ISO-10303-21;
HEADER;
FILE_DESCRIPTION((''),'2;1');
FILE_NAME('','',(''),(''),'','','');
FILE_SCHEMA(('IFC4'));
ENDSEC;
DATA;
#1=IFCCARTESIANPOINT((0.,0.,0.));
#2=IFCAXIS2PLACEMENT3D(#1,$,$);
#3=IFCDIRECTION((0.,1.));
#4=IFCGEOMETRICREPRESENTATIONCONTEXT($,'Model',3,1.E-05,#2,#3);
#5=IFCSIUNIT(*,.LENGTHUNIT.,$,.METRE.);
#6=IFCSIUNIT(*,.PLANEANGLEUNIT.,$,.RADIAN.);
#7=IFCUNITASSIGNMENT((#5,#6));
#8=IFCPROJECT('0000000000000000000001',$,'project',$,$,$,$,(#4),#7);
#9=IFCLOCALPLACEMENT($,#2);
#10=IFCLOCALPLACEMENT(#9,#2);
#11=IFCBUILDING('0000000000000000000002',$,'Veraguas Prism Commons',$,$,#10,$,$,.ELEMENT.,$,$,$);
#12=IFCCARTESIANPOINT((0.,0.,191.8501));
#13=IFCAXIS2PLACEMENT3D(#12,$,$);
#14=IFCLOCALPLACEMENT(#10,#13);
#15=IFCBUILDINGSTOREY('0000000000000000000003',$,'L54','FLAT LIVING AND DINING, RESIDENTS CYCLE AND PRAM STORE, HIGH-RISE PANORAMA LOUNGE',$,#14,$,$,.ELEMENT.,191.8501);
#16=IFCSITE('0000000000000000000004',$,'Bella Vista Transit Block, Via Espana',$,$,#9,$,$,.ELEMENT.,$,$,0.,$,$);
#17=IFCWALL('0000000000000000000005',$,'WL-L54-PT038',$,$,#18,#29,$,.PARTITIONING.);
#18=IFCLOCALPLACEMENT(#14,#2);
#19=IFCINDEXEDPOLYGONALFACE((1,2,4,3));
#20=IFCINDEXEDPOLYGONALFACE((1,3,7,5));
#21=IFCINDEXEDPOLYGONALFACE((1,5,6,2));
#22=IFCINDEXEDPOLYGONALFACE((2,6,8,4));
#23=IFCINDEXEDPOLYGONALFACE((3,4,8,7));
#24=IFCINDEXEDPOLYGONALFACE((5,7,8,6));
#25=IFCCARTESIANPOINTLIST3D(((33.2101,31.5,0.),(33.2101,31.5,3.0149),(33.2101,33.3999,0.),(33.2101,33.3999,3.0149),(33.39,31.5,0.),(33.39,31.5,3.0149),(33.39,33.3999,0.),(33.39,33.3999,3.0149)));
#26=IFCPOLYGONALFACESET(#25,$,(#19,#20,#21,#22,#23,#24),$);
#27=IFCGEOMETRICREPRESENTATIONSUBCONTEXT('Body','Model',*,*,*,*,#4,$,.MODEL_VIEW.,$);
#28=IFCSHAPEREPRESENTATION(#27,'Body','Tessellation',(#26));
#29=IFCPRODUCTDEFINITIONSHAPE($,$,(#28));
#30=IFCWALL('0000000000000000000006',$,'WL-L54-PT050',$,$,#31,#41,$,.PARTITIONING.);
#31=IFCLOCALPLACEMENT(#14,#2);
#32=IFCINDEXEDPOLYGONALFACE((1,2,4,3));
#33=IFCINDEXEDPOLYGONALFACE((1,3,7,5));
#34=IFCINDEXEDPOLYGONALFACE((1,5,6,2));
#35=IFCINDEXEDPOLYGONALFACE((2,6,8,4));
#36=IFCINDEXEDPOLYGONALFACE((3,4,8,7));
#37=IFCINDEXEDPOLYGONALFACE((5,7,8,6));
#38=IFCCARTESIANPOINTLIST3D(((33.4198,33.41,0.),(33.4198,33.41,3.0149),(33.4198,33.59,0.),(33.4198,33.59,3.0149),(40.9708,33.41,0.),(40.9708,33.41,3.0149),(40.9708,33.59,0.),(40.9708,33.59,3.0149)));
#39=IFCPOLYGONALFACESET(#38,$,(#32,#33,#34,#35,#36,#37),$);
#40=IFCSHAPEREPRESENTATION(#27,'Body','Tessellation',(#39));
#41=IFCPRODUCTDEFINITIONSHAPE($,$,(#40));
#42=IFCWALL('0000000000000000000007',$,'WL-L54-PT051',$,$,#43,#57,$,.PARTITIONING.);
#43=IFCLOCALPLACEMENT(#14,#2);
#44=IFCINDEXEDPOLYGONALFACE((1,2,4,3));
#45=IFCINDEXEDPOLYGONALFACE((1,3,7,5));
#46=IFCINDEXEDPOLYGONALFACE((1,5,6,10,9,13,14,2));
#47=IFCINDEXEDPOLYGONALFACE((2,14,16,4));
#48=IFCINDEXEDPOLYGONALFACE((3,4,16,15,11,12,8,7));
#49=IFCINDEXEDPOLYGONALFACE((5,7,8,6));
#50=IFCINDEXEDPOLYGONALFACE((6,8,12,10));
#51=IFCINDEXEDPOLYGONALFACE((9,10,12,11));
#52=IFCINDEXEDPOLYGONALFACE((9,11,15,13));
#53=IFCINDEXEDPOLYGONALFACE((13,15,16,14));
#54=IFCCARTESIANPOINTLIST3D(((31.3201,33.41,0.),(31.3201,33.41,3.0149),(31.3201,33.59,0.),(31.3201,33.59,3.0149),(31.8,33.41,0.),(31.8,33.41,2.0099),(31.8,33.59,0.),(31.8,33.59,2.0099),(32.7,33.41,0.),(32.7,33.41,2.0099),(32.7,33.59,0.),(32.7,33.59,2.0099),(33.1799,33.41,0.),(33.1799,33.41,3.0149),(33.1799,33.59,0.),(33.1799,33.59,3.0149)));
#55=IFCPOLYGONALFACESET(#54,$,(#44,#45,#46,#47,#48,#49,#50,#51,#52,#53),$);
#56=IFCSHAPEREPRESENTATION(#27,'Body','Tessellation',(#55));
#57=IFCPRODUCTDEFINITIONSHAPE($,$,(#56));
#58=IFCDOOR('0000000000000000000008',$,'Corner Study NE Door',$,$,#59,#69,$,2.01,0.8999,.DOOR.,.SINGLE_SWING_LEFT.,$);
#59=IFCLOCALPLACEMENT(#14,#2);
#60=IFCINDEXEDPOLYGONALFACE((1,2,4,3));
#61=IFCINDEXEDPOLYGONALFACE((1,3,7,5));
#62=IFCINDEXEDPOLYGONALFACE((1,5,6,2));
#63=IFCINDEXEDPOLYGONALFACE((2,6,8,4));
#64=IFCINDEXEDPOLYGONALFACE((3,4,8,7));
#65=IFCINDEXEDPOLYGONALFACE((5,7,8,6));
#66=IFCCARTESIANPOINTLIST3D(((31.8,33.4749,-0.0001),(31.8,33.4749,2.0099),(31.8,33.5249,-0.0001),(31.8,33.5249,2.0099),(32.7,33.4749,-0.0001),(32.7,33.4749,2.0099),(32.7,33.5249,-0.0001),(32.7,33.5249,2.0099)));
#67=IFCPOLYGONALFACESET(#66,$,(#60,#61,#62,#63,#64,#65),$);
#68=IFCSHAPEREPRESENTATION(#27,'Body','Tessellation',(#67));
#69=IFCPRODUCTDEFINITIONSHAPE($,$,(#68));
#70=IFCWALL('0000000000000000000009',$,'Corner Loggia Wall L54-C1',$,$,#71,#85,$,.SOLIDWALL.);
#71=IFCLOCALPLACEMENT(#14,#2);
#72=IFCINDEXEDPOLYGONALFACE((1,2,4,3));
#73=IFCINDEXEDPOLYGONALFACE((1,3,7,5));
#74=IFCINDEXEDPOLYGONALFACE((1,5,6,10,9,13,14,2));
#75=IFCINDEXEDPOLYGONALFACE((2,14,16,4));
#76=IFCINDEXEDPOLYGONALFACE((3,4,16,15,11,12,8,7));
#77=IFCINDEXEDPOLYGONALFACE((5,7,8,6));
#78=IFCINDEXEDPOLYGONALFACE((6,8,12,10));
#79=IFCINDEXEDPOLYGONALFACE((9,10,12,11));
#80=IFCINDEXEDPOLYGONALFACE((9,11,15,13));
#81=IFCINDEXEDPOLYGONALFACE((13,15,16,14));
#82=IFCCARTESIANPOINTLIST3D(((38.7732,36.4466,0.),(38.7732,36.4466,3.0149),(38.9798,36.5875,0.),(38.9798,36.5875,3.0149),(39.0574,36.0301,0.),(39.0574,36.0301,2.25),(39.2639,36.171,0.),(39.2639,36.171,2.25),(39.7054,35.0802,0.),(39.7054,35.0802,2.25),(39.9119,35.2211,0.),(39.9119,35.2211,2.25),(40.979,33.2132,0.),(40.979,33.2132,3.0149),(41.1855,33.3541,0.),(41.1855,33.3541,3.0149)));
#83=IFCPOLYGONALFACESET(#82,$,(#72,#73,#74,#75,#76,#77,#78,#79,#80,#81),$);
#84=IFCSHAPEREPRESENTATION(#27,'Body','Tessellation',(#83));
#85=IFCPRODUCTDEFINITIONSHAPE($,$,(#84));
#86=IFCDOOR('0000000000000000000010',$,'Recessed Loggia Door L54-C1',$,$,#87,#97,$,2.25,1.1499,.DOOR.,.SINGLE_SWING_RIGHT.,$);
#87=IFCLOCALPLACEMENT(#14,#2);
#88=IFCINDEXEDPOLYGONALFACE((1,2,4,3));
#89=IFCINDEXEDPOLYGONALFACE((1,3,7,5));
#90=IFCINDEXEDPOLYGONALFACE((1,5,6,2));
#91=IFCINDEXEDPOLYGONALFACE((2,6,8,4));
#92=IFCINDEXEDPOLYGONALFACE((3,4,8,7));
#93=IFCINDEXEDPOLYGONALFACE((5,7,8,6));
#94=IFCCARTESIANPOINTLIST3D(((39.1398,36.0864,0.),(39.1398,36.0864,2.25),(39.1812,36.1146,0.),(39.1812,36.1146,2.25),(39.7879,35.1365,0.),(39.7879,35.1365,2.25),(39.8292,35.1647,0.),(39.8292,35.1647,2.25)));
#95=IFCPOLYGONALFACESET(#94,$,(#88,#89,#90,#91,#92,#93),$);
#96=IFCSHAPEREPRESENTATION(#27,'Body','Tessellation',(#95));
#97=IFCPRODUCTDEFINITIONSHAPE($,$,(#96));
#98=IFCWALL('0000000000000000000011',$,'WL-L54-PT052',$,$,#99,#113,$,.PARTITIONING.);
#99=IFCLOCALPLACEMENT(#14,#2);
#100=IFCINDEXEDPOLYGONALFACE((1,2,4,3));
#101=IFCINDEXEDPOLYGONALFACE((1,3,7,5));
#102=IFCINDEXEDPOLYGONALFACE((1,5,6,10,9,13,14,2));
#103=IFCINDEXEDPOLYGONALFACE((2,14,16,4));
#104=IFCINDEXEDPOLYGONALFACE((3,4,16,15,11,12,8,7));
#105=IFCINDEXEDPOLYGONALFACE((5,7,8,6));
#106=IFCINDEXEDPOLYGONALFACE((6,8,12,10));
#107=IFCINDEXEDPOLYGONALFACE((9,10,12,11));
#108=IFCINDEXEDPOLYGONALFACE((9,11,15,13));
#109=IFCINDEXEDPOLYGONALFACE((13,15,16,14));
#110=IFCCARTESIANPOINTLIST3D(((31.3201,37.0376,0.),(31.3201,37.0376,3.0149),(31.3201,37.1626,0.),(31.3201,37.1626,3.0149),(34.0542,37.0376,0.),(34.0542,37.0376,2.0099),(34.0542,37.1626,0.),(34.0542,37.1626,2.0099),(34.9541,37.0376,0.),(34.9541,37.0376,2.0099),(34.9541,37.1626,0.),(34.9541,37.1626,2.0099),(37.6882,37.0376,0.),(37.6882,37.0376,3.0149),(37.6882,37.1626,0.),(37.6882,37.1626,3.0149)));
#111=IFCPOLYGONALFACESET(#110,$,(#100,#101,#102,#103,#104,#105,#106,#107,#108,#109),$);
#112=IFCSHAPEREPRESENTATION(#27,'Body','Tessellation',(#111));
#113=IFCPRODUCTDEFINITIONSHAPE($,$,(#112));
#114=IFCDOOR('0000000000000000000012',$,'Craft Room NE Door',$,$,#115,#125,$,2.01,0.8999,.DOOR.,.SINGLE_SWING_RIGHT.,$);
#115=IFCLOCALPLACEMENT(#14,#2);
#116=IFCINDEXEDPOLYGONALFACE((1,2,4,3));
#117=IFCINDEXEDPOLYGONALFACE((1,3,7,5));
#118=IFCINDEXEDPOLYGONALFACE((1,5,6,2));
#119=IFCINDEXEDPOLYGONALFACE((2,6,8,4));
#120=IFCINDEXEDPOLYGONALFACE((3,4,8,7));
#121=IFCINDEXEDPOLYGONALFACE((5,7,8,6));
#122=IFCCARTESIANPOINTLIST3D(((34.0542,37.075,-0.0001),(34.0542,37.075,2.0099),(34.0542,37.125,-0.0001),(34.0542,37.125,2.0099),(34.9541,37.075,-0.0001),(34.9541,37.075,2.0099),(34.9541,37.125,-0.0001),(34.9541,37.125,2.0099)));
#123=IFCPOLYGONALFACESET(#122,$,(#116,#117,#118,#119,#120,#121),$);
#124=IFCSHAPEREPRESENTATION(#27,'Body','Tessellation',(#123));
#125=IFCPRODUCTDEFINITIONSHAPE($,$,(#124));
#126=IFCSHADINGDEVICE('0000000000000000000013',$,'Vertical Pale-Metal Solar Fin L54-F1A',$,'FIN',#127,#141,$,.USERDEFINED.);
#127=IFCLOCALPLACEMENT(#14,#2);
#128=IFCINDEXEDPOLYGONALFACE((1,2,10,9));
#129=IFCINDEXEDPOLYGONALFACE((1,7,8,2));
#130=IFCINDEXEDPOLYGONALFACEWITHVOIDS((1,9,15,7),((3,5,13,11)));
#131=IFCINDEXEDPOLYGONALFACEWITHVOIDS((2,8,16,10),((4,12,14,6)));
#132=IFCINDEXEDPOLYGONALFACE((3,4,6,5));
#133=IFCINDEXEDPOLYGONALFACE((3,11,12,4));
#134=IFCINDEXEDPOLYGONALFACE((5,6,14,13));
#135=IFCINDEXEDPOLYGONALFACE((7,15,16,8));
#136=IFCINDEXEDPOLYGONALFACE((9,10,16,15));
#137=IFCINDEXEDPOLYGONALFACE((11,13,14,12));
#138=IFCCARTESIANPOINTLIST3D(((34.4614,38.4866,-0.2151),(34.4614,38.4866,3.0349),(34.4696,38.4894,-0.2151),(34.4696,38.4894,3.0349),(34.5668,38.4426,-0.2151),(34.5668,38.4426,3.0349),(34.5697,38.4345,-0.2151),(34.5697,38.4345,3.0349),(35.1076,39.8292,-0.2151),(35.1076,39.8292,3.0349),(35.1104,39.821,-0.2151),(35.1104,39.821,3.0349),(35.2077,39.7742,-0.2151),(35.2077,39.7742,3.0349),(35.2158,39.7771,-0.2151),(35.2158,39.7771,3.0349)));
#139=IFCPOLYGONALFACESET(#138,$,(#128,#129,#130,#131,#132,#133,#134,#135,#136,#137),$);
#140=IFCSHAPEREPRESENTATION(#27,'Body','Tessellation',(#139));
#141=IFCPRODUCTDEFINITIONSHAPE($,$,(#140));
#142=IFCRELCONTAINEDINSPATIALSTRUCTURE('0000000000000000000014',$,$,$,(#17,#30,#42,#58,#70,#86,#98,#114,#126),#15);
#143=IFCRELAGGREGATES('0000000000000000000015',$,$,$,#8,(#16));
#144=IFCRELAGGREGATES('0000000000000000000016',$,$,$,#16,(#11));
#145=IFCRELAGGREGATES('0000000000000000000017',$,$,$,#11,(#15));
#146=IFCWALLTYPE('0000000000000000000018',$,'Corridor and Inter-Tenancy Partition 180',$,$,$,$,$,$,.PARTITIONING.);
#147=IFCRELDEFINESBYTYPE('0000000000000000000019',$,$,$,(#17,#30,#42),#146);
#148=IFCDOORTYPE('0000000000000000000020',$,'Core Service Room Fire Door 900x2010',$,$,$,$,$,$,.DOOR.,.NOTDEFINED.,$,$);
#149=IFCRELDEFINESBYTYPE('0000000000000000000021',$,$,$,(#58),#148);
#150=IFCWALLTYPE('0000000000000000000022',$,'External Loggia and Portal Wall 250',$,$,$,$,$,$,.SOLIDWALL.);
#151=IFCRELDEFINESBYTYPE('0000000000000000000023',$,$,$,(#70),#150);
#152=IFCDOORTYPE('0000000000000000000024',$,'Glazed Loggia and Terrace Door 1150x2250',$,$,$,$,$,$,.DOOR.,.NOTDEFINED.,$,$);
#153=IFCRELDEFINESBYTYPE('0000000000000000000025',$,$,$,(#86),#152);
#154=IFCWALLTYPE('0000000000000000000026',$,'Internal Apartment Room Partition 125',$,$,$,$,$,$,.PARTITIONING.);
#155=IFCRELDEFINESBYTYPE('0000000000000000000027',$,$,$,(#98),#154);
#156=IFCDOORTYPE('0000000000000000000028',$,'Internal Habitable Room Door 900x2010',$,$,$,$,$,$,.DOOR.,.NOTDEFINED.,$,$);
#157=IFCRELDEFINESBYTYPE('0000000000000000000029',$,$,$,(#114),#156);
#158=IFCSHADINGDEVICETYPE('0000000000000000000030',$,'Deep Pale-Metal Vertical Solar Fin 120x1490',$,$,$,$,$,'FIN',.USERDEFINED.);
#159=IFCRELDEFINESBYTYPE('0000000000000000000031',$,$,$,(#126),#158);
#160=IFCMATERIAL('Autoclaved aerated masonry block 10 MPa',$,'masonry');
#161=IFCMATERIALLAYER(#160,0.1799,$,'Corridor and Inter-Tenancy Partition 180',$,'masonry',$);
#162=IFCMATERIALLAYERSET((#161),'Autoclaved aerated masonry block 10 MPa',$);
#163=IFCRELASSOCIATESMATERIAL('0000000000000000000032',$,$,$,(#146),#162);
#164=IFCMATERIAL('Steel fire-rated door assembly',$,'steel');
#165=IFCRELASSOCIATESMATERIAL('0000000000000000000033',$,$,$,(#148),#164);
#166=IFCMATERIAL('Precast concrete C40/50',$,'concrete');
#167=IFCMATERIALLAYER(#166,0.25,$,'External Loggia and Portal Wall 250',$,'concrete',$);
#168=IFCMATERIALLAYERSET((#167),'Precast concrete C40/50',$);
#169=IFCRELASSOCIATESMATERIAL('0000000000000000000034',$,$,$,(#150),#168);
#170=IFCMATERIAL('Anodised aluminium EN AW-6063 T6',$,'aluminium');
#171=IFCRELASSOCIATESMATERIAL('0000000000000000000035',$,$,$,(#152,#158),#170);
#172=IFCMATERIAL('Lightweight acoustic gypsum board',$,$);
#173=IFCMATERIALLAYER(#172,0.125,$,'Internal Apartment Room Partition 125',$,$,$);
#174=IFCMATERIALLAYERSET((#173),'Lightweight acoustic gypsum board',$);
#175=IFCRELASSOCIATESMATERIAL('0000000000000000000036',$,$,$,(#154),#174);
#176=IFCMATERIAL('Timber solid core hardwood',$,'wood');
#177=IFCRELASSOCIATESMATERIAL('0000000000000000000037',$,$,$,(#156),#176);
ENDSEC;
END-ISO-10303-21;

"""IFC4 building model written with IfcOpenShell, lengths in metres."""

from ifc_helpers import new_model, si_unit, direction, frame, frame_2d, origin, origin_2d, place, context, subcontext, project, spatial, rectangle, hollow_rectangle, extrude, source, transform, mapped, material, layer, layer_set, material_profile, profile_set, type_object, element, fill, save


model = new_model("IFC4")

# Units and contexts
model_context = context("Model", 3, precision=1e-05, world=origin(), true_north=direction((0.0, 1.0)))
body_context = subcontext(model_context, "Body", "Model", "MODEL_VIEW")
ifc_project = project(units=[si_unit("LENGTHUNIT", "METRE"), si_unit("PLANEANGLEUNIT", "RADIAN")], contexts=[model_context])

# Site, building, storey
site_placement = place(None, origin())
site = spatial("IfcSite", under=ifc_project, at=site_placement, Name="Bella Vista Transit Block, Via Espana", CompositionType="ELEMENT", RefElevation=0.0)
building_placement = place(site_placement, origin())
building = spatial("IfcBuilding", under=site, at=building_placement, Name="Veraguas Prism Commons", CompositionType="ELEMENT")
storey_placement = place(building_placement, frame((0.0, 0.0, 191.8501)))
storey = spatial("IfcBuildingStorey", under=building, at=storey_placement, Name="L54", Description="FLAT LIVING AND DINING, RESIDENTS CYCLE AND PRAM STORE, HIGH-RISE PANORAMA LOUNGE", CompositionType="ELEMENT", Elevation=191.8501)

# Shared definitions
ifc_material_1 = material(Name="Anodised aluminium EN AW-6063 T6", Category="aluminium")

# Walls
ifc_material_2 = material(Name="Autoclaved aerated masonry block 10 MPa", Category="masonry")
ifc_layer_1 = layer(ifc_material_2, 0.1799, Name="Corridor and Inter-Tenancy Partition 180", Category="masonry")
ifc_layer_set_1 = layer_set([ifc_layer_1], Name="Autoclaved aerated masonry block 10 MPa")
wall_type_1 = type_object("IfcWallType", Name="Corridor and Inter-Tenancy Partition 180", PredefinedType="PARTITIONING", material=ifc_layer_set_1)
wall_1_placement = place(storey_placement, frame((33.3, 31.5, 0.0), z_axis=(0.0, 0.0, 1.0), x_axis=(0.0, 1.0, 0.0)))
element("IfcWall", 1, at=wall_1_placement, inside=storey, type_object=wall_type_1, Name="WL-L54-PT038", PredefinedType="PARTITIONING", context=body_context, shape_type="SweptSolid", body=[
    extrude(rectangle(XDim=1.8999, YDim=0.1799, at=frame_2d((0.95, 0.0))), origin(), (0.0, 0.0, 1.0), 3.0149),
])
wall_2_placement = place(storey_placement, frame((33.4199, 33.5, 0.0), z_axis=(0.0, 0.0, 1.0), x_axis=(1.0, 0.0, 0.0)))
element("IfcWall", 2, at=wall_2_placement, inside=storey, type_object=wall_type_1, Name="WL-L54-PT050", PredefinedType="PARTITIONING", context=body_context, shape_type="SweptSolid", body=[
    extrude(rectangle(XDim=7.551, YDim=0.1799, at=frame_2d((3.7754, 0.0))), origin(), (0.0, 0.0, 1.0), 3.0149),
])

# Walls, openings, doors
wall_3_placement = place(storey_placement, frame((31.3201, 33.5, 0.0), z_axis=(0.0, 0.0, 1.0), x_axis=(1.0, 0.0, 0.0)))
wall_3 = element("IfcWall", 3, at=wall_3_placement, inside=storey, type_object=wall_type_1, Name="WL-L54-PT051", PredefinedType="PARTITIONING", context=body_context, shape_type="SweptSolid", body=[
    extrude(rectangle(XDim=1.8599, YDim=0.1799, at=frame_2d((0.9299, 0.0))), origin(), (0.0, 0.0, 1.0), 3.0149),
])
opening_1_placement = place(wall_3_placement, frame((0.48, 0.0, 0.0)))
opening_1 = element("IfcOpeningElement", 4, at=opening_1_placement, cuts=wall_3, PredefinedType="OPENING", context=body_context, shape_type="SweptSolid", body=[
    extrude(rectangle(XDim=0.8999, YDim=2.01, at=frame_2d((0.45, 1.0049))), frame((0.0, 0.0999, 0.0), z_axis=(0.0, -1.0, 0.0), x_axis=(1.0, 0.0, 0.0)), (0.0, 0.0, 1.0), 0.2),
])
ifc_material_3 = material(Name="Steel fire-rated door assembly", Category="steel")
door_type_1 = type_object("IfcDoorType", Name="Core Service Room Fire Door 900x2010", OperationType="NOTDEFINED", PredefinedType="DOOR", material=ifc_material_3)
shared_shape_1 = source(origin(), body_context, "Body", "SweptSolid", [
    extrude(rectangle(XDim=0.8999, YDim=2.01, at=frame_2d((0.45, 1.0049))), frame((0.0, 0.0249, 0.0), z_axis=(0.0, -1.0, 0.0), x_axis=(1.0, 0.0, 0.0)), (0.0, 0.0, 1.0), 0.05),
])
door_1_placement = place(opening_1_placement, origin())
door_1 = element("IfcDoor", 5, at=door_1_placement, inside=storey, type_object=door_type_1, Name="Corner Study NE Door", OperationType="SINGLE_SWING_LEFT", OverallHeight=2.01, OverallWidth=0.8999, PredefinedType="DOOR", context=body_context, shape_type="MappedRepresentation", body=[
    mapped(shared_shape_1, transform((0.0, 0.0, 0.0), scale=1.0)),
])
fill(opening_1, door_1)
ifc_material_4 = material(Name="Precast concrete C40/50", Category="concrete")
ifc_layer_2 = layer(ifc_material_4, 0.25, Name="External Loggia and Portal Wall 250", Category="concrete")
ifc_layer_set_2 = layer_set([ifc_layer_2], Name="Precast concrete C40/50")
wall_type_2 = type_object("IfcWallType", Name="External Loggia and Portal Wall 250", PredefinedType="SOLIDWALL", material=ifc_layer_set_2)
wall_4_placement = place(storey_placement, frame((41.0823, 33.2837, 0.0), z_axis=(0.0, 0.0, 1.0), x_axis=(-0.56355, 0.826082, 0.0)))
wall_4 = element("IfcWall", 6, at=wall_4_placement, inside=storey, type_object=wall_type_2, Name="Corner Loggia Wall L54-C1", PredefinedType="SOLIDWALL", context=body_context, shape_type="SweptSolid", body=[
    extrude(rectangle(XDim=3.9141, YDim=0.25, at=frame_2d((1.957, 0.0))), origin(), (0.0, 0.0, 1.0), 3.0149),
])
opening_2_placement = place(wall_4_placement, frame((2.26, 0.0, 0.0)))
opening_2 = element("IfcOpeningElement", 7, at=opening_2_placement, cuts=wall_4, PredefinedType="OPENING", context=body_context, shape_type="SweptSolid", body=[
    extrude(rectangle(XDim=1.1499, YDim=2.25, at=frame_2d((0.575, 1.125))), frame((0.0, 0.135, 0.0), z_axis=(0.0, -1.0, 0.0), x_axis=(1.0, 0.0, 0.0)), (0.0, 0.0, 1.0), 0.27),
])
door_type_2 = type_object("IfcDoorType", Name="Glazed Loggia and Terrace Door 1150x2250", OperationType="NOTDEFINED", PredefinedType="DOOR", material=ifc_material_1)
shared_shape_2 = source(origin(), body_context, "Body", "SweptSolid", [
    extrude(rectangle(XDim=1.1499, YDim=2.25, at=frame_2d((0.575, 1.125))), frame((0.0, 0.0249, 0.0), z_axis=(0.0, -1.0, 0.0), x_axis=(1.0, 0.0, 0.0)), (0.0, 0.0, 1.0), 0.05),
])
door_2_placement = place(opening_2_placement, frame((1.1499, 0.0, 0.0), z_axis=(0.0, 0.0, 1.0), x_axis=(-1.0, 0.0, 0.0)))
door_2 = element("IfcDoor", 8, at=door_2_placement, inside=storey, type_object=door_type_2, Name="Recessed Loggia Door L54-C1", OperationType="SINGLE_SWING_RIGHT", OverallHeight=2.25, OverallWidth=1.1499, PredefinedType="DOOR", context=body_context, shape_type="MappedRepresentation", body=[
    mapped(shared_shape_2, transform((0.0, 0.0, 0.0), scale=1.0)),
])
fill(opening_2, door_2)
ifc_material_5 = material(Name="Lightweight acoustic gypsum board")
ifc_layer_3 = layer(ifc_material_5, 0.125, Name="Internal Apartment Room Partition 125")
ifc_layer_set_3 = layer_set([ifc_layer_3], Name="Lightweight acoustic gypsum board")
wall_type_3 = type_object("IfcWallType", Name="Internal Apartment Room Partition 125", PredefinedType="PARTITIONING", material=ifc_layer_set_3)
wall_5_placement = place(storey_placement, frame((31.3201, 37.1001, 0.0), z_axis=(0.0, 0.0, 1.0), x_axis=(1.0, 0.0, 0.0)))
wall_5 = element("IfcWall", 9, at=wall_5_placement, inside=storey, type_object=wall_type_3, Name="WL-L54-PT052", PredefinedType="PARTITIONING", context=body_context, shape_type="SweptSolid", body=[
    extrude(rectangle(XDim=6.3682, YDim=0.125, at=frame_2d((3.1841, 0.0))), origin(), (0.0, 0.0, 1.0), 3.0149),
])
opening_3_placement = place(wall_5_placement, frame((2.7341, 0.0, 0.0)))
opening_3 = element("IfcOpeningElement", 10, at=opening_3_placement, cuts=wall_5, PredefinedType="OPENING", context=body_context, shape_type="SweptSolid", body=[
    extrude(rectangle(XDim=0.8999, YDim=2.01, at=frame_2d((0.45, 1.0049))), frame((0.0, 0.0725, 0.0), z_axis=(0.0, -1.0, 0.0), x_axis=(1.0, 0.0, 0.0)), (0.0, 0.0, 1.0), 0.145),
])
ifc_material_6 = material(Name="Timber solid core hardwood", Category="wood")
door_type_3 = type_object("IfcDoorType", Name="Internal Habitable Room Door 900x2010", OperationType="NOTDEFINED", PredefinedType="DOOR", material=ifc_material_6)
door_3_placement = place(opening_3_placement, origin())
door_3 = element("IfcDoor", 11, at=door_3_placement, inside=storey, type_object=door_type_3, Name="Craft Room NE Door", OperationType="SINGLE_SWING_RIGHT", OverallHeight=2.01, OverallWidth=0.8999, PredefinedType="DOOR", context=body_context, shape_type="MappedRepresentation", body=[
    mapped(shared_shape_1, transform((0.0, 0.0, 0.0), scale=1.0)),
])
fill(opening_3, door_3)

# Shading device
ifc_material_profile_1 = material_profile(ifc_material_1, hollow_rectangle(XDim=0.1201, YDim=1.49, WallThickness=0.0061, at=origin_2d()), Name="FIN120X1490X6")
ifc_profile_set_1 = profile_set([ifc_material_profile_1], Name="Anodised aluminium EN AW-6063 T6")
shading_device_type = type_object("IfcShadingDeviceType", Name="Deep Pale-Metal Vertical Solar Fin 120x1490", ElementType="FIN", PredefinedType="USERDEFINED", material=ifc_profile_set_1)
shading_device_placement = place(storey_placement, frame((34.8386, 39.1318, -0.2151), z_axis=(0.0, 0.0, 1.0), x_axis=(-0.901076, 0.433662, 0.0)))
element("IfcShadingDevice", 12, at=shading_device_placement, inside=storey, type_object=shading_device_type, Name="Vertical Pale-Metal Solar Fin L54-F1A", ObjectType="FIN", PredefinedType="USERDEFINED", context=body_context, shape_type="SweptSolid", body=[
    extrude(hollow_rectangle(XDim=0.1201, YDim=1.49, WallThickness=0.0061, at=origin_2d()), origin(), (0.0, 0.0, 1.0), 3.25),
])

save(model, "model.ifc")
